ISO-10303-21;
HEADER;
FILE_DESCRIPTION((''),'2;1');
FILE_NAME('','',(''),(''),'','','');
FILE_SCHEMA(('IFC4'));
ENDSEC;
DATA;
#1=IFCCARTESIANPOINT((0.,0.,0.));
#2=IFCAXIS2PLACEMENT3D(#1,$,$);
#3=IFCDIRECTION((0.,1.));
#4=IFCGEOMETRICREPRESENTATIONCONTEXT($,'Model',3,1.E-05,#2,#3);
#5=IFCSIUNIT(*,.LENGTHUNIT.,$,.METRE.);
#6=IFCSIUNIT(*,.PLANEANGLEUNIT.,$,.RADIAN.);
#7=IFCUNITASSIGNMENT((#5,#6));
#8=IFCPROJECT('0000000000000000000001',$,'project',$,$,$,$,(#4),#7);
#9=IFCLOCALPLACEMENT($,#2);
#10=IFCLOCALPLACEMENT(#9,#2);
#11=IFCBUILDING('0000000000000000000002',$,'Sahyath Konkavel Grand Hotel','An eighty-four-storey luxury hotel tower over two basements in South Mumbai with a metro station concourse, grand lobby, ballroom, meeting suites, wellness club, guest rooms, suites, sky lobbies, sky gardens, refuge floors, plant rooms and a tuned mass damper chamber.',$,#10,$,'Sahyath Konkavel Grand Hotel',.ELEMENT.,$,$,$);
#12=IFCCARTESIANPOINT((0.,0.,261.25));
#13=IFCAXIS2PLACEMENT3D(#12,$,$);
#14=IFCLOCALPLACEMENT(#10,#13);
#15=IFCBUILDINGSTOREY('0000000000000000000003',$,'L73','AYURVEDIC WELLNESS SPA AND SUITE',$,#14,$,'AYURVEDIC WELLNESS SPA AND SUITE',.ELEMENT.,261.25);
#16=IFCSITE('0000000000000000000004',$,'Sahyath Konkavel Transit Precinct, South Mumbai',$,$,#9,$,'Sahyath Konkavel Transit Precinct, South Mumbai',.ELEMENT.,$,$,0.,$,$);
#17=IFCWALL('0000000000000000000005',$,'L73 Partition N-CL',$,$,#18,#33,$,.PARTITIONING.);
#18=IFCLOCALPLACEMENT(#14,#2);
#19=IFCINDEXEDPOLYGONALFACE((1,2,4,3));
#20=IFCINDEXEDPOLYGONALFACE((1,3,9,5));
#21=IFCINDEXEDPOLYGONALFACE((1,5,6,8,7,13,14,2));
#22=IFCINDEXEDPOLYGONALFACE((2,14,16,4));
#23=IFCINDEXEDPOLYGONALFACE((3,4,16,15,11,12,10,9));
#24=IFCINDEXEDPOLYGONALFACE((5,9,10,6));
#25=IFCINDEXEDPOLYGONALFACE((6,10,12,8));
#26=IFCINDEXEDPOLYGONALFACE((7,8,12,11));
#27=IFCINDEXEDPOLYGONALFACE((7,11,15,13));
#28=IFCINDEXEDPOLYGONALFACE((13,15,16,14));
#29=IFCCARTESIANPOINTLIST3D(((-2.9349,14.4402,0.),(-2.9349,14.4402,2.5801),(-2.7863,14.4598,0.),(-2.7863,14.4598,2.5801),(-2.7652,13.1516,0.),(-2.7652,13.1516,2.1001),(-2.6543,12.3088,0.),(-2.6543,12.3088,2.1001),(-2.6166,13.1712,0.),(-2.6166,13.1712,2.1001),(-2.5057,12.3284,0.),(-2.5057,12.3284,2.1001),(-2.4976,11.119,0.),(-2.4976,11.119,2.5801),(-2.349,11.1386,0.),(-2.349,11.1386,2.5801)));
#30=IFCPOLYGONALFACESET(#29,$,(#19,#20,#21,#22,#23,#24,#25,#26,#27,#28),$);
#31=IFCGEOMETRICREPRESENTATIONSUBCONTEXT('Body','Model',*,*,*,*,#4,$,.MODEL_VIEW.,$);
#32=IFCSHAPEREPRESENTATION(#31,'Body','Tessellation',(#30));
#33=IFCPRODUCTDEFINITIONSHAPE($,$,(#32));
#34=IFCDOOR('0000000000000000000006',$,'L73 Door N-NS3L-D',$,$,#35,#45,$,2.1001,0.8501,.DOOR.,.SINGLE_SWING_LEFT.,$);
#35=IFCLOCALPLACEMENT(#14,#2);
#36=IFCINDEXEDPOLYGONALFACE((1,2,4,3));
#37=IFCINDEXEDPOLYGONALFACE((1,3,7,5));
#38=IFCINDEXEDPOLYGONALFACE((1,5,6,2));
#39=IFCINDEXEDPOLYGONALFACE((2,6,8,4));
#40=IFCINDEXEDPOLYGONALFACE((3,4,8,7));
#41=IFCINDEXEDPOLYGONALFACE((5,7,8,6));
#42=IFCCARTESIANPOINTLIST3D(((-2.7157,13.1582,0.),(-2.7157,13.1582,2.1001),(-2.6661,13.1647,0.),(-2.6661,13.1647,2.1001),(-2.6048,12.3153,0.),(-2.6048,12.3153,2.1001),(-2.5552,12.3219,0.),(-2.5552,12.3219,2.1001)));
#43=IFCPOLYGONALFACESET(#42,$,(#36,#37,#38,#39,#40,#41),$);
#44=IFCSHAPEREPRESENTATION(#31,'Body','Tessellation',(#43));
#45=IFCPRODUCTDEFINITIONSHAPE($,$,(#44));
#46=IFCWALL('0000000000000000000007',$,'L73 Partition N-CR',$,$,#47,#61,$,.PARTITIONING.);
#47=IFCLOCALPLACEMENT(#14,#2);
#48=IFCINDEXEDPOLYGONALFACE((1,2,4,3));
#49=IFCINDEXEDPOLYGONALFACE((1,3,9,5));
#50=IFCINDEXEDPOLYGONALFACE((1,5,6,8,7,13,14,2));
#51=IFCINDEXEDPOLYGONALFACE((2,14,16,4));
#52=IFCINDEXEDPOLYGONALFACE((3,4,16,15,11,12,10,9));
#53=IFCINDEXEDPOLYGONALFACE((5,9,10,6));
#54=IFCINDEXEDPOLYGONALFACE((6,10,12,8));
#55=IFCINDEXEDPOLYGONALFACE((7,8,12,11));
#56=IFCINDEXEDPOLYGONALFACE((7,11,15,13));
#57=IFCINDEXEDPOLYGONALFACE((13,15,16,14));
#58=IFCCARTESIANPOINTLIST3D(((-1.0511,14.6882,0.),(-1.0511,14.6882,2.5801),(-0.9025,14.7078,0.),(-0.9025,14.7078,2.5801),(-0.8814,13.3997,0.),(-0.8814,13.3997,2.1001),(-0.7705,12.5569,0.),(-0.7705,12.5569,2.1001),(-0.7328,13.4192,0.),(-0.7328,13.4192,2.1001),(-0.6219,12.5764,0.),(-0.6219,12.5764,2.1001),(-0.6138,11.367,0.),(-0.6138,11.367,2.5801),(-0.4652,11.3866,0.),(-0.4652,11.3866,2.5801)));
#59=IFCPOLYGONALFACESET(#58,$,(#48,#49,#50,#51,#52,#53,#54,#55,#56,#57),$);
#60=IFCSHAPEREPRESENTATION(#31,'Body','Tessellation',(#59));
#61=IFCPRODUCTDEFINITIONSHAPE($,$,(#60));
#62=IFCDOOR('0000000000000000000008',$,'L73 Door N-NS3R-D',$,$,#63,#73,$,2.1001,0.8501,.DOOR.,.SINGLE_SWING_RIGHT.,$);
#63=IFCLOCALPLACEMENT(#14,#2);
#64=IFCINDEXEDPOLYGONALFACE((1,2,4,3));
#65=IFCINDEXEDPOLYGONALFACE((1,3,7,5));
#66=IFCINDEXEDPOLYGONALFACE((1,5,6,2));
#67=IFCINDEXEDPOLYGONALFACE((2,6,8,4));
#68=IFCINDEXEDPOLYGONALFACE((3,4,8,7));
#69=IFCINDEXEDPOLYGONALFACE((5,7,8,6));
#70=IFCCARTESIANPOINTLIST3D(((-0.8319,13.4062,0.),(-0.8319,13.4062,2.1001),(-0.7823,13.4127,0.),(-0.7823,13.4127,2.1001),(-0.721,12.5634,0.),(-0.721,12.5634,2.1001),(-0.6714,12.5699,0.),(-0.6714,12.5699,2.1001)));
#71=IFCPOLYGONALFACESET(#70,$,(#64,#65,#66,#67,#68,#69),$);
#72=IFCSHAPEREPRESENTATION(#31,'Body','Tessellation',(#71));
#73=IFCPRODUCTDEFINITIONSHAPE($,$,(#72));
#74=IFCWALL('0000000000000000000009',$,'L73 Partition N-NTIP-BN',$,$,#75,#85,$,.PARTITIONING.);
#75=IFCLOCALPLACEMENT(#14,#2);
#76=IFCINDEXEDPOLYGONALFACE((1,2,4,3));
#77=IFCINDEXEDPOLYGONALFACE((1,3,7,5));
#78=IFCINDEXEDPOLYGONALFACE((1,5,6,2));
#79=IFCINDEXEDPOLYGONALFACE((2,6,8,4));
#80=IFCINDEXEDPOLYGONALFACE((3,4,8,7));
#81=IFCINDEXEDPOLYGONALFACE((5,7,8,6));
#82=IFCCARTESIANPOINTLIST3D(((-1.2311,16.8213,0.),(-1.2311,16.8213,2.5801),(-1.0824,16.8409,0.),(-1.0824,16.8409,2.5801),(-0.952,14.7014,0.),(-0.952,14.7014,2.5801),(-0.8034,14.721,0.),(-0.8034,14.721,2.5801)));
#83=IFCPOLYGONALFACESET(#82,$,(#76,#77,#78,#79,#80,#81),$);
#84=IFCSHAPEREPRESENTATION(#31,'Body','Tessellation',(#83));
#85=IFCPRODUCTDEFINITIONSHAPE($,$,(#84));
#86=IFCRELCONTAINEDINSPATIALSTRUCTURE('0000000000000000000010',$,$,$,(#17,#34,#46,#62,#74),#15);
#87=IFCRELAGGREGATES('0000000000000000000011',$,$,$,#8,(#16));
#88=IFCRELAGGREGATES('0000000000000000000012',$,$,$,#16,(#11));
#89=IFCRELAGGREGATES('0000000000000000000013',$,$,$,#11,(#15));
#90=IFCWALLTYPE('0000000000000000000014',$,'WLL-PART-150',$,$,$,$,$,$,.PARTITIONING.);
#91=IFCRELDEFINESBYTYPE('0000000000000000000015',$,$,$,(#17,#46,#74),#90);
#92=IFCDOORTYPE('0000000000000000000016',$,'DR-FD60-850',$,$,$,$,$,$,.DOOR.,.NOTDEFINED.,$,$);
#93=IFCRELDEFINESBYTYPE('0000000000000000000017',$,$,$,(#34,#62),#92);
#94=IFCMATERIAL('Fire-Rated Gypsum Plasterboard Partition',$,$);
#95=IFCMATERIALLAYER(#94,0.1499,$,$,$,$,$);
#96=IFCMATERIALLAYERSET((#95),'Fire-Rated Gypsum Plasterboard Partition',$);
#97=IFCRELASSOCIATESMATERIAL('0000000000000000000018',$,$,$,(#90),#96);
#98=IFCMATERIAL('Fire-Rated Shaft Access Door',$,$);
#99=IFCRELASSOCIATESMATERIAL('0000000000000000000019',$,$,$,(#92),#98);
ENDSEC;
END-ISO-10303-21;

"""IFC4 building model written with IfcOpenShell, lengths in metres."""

from ifc_helpers import new_model, si_unit, direction, frame, frame_2d, origin, origin_2d, place, context, subcontext, project, spatial, rectangle, extrude, source, transform, mapped, material, layer, layer_set, type_object, element, fill, save


model = new_model("IFC4")

# Units and contexts
model_context = context("Model", 3, precision=1e-05, world=origin(), true_north=direction((0.0, 1.0)))
body_context = subcontext(model_context, "Body", "Model", "MODEL_VIEW")
ifc_project = project(units=[si_unit("LENGTHUNIT", "METRE"), si_unit("PLANEANGLEUNIT", "RADIAN")], contexts=[model_context])

# Site, building, storey
site_placement = place(None, origin())
site = spatial("IfcSite", under=ifc_project, at=site_placement, Name="Sahyath Konkavel Transit Precinct, South Mumbai", LongName="Sahyath Konkavel Transit Precinct, South Mumbai", CompositionType="ELEMENT", RefElevation=0.0)
building_placement = place(site_placement, origin())
building = spatial("IfcBuilding", under=site, at=building_placement, Name="Sahyath Konkavel Grand Hotel", Description="An eighty-four-storey luxury hotel tower over two basements in South Mumbai with a metro station concourse, grand lobby, ballroom, meeting suites, wellness club, guest rooms, suites, sky lobbies, sky gardens, refuge floors, plant rooms and a tuned mass damper chamber.", LongName="Sahyath Konkavel Grand Hotel", CompositionType="ELEMENT")
storey_placement = place(building_placement, frame((0.0, 0.0, 261.25)))
storey = spatial("IfcBuildingStorey", under=building, at=storey_placement, Name="L73", Description="AYURVEDIC WELLNESS SPA AND SUITE", LongName="AYURVEDIC WELLNESS SPA AND SUITE", CompositionType="ELEMENT", Elevation=261.25)

# Walls, openings, doors
ifc_material_1 = material(Name="Fire-Rated Gypsum Plasterboard Partition")
ifc_layer_1 = layer(ifc_material_1, 0.1499)
ifc_layer_set_1 = layer_set([ifc_layer_1], Name="Fire-Rated Gypsum Plasterboard Partition")
wall_type_1 = type_object("IfcWallType", Name="WLL-PART-150", PredefinedType="PARTITIONING", material=ifc_layer_set_1)
wall_1_placement = place(storey_placement, frame((-2.4233, 11.1289, 0.0), z_axis=(0.0, 0.0, 1.0), x_axis=(-0.130526, 0.991445, 0.0)))
wall_1 = element("IfcWall", 1, at=wall_1_placement, inside=storey, type_object=wall_type_1, Name="L73 Partition N-CL", PredefinedType="PARTITIONING", context=body_context, shape_type="SweptSolid", body=[
    extrude(rectangle(XDim=3.3499, YDim=0.1499, at=frame_2d((1.6748, 0.0))), origin(), (0.0, 0.0, 1.0), 2.5801),
])
opening_1_placement = place(wall_1_placement, frame((1.2, 0.0, 0.0)))
opening_1 = element("IfcOpeningElement", 2, at=opening_1_placement, cuts=wall_1, PredefinedType="OPENING", context=body_context, shape_type="SweptSolid", body=[
    extrude(rectangle(XDim=0.8501, YDim=2.1001, at=frame_2d((0.425, 1.05))), frame((0.0, 0.085, 0.0), z_axis=(0.0, -1.0, 0.0), x_axis=(1.0, 0.0, 0.0)), (0.0, 0.0, 1.0), 0.1699),
])
ifc_material_2 = material(Name="Fire-Rated Shaft Access Door")
door_type = type_object("IfcDoorType", Name="DR-FD60-850", OperationType="NOTDEFINED", PredefinedType="DOOR", material=ifc_material_2)
shared_shape_1 = source(origin(), body_context, "Body", "SweptSolid", [
    extrude(rectangle(XDim=0.8501, YDim=0.05, at=origin_2d()), origin(), (0.0, 0.0, 1.0), 2.1001),
])
door_1_placement = place(opening_1_placement, frame((0.425, 0.0, 0.0)))
door_1 = element("IfcDoor", 3, at=door_1_placement, inside=storey, type_object=door_type, Name="L73 Door N-NS3L-D", OperationType="SINGLE_SWING_LEFT", OverallHeight=2.1001, OverallWidth=0.8501, PredefinedType="DOOR", context=body_context, shape_type="MappedRepresentation", body=[
    mapped(shared_shape_1, transform((0.0, 0.0, 0.0), scale=1.0)),
])
fill(opening_1, door_1)
wall_2_placement = place(storey_placement, frame((-0.5396, 11.377, 0.0), z_axis=(0.0, 0.0, 1.0), x_axis=(-0.130526, 0.991445, 0.0)))
wall_2 = element("IfcWall", 4, at=wall_2_placement, inside=storey, type_object=wall_type_1, Name="L73 Partition N-CR", PredefinedType="PARTITIONING", context=body_context, shape_type="SweptSolid", body=[
    extrude(rectangle(XDim=3.3499, YDim=0.1499, at=frame_2d((1.6748, 0.0))), origin(), (0.0, 0.0, 1.0), 2.5801),
])
opening_2_placement = place(wall_2_placement, frame((1.2, 0.0, 0.0)))
opening_2 = element("IfcOpeningElement", 5, at=opening_2_placement, cuts=wall_2, PredefinedType="OPENING", context=body_context, shape_type="SweptSolid", body=[
    extrude(rectangle(XDim=0.8501, YDim=2.1001, at=frame_2d((0.425, 1.05))), frame((0.0, 0.085, 0.0), z_axis=(0.0, -1.0, 0.0), x_axis=(1.0, 0.0, 0.0)), (0.0, 0.0, 1.0), 0.1699),
])
door_2_placement = place(opening_2_placement, frame((0.425, 0.0, 0.0)))
door_2 = element("IfcDoor", 6, at=door_2_placement, inside=storey, type_object=door_type, Name="L73 Door N-NS3R-D", OperationType="SINGLE_SWING_RIGHT", OverallHeight=2.1001, OverallWidth=0.8501, PredefinedType="DOOR", context=body_context, shape_type="MappedRepresentation", body=[
    mapped(shared_shape_1, transform((0.0, 0.0, 0.0), scale=1.0)),
])
fill(opening_2, door_2)

# Wall
wall_3_placement = place(storey_placement, frame((-0.8777, 14.7112, 0.0), z_axis=(0.0, 0.0, 1.0), x_axis=(-0.130511, 0.991447, 0.0)))
element("IfcWall", 7, at=wall_3_placement, inside=storey, type_object=wall_type_1, Name="L73 Partition N-NTIP-BN", PredefinedType="PARTITIONING", context=body_context, shape_type="SweptSolid", body=[
    extrude(rectangle(XDim=2.1382, YDim=0.1499, at=frame_2d((1.0691, 0.0))), origin(), (0.0, 0.0, 1.0), 2.5801),
])

save(model, "model.ifc")
